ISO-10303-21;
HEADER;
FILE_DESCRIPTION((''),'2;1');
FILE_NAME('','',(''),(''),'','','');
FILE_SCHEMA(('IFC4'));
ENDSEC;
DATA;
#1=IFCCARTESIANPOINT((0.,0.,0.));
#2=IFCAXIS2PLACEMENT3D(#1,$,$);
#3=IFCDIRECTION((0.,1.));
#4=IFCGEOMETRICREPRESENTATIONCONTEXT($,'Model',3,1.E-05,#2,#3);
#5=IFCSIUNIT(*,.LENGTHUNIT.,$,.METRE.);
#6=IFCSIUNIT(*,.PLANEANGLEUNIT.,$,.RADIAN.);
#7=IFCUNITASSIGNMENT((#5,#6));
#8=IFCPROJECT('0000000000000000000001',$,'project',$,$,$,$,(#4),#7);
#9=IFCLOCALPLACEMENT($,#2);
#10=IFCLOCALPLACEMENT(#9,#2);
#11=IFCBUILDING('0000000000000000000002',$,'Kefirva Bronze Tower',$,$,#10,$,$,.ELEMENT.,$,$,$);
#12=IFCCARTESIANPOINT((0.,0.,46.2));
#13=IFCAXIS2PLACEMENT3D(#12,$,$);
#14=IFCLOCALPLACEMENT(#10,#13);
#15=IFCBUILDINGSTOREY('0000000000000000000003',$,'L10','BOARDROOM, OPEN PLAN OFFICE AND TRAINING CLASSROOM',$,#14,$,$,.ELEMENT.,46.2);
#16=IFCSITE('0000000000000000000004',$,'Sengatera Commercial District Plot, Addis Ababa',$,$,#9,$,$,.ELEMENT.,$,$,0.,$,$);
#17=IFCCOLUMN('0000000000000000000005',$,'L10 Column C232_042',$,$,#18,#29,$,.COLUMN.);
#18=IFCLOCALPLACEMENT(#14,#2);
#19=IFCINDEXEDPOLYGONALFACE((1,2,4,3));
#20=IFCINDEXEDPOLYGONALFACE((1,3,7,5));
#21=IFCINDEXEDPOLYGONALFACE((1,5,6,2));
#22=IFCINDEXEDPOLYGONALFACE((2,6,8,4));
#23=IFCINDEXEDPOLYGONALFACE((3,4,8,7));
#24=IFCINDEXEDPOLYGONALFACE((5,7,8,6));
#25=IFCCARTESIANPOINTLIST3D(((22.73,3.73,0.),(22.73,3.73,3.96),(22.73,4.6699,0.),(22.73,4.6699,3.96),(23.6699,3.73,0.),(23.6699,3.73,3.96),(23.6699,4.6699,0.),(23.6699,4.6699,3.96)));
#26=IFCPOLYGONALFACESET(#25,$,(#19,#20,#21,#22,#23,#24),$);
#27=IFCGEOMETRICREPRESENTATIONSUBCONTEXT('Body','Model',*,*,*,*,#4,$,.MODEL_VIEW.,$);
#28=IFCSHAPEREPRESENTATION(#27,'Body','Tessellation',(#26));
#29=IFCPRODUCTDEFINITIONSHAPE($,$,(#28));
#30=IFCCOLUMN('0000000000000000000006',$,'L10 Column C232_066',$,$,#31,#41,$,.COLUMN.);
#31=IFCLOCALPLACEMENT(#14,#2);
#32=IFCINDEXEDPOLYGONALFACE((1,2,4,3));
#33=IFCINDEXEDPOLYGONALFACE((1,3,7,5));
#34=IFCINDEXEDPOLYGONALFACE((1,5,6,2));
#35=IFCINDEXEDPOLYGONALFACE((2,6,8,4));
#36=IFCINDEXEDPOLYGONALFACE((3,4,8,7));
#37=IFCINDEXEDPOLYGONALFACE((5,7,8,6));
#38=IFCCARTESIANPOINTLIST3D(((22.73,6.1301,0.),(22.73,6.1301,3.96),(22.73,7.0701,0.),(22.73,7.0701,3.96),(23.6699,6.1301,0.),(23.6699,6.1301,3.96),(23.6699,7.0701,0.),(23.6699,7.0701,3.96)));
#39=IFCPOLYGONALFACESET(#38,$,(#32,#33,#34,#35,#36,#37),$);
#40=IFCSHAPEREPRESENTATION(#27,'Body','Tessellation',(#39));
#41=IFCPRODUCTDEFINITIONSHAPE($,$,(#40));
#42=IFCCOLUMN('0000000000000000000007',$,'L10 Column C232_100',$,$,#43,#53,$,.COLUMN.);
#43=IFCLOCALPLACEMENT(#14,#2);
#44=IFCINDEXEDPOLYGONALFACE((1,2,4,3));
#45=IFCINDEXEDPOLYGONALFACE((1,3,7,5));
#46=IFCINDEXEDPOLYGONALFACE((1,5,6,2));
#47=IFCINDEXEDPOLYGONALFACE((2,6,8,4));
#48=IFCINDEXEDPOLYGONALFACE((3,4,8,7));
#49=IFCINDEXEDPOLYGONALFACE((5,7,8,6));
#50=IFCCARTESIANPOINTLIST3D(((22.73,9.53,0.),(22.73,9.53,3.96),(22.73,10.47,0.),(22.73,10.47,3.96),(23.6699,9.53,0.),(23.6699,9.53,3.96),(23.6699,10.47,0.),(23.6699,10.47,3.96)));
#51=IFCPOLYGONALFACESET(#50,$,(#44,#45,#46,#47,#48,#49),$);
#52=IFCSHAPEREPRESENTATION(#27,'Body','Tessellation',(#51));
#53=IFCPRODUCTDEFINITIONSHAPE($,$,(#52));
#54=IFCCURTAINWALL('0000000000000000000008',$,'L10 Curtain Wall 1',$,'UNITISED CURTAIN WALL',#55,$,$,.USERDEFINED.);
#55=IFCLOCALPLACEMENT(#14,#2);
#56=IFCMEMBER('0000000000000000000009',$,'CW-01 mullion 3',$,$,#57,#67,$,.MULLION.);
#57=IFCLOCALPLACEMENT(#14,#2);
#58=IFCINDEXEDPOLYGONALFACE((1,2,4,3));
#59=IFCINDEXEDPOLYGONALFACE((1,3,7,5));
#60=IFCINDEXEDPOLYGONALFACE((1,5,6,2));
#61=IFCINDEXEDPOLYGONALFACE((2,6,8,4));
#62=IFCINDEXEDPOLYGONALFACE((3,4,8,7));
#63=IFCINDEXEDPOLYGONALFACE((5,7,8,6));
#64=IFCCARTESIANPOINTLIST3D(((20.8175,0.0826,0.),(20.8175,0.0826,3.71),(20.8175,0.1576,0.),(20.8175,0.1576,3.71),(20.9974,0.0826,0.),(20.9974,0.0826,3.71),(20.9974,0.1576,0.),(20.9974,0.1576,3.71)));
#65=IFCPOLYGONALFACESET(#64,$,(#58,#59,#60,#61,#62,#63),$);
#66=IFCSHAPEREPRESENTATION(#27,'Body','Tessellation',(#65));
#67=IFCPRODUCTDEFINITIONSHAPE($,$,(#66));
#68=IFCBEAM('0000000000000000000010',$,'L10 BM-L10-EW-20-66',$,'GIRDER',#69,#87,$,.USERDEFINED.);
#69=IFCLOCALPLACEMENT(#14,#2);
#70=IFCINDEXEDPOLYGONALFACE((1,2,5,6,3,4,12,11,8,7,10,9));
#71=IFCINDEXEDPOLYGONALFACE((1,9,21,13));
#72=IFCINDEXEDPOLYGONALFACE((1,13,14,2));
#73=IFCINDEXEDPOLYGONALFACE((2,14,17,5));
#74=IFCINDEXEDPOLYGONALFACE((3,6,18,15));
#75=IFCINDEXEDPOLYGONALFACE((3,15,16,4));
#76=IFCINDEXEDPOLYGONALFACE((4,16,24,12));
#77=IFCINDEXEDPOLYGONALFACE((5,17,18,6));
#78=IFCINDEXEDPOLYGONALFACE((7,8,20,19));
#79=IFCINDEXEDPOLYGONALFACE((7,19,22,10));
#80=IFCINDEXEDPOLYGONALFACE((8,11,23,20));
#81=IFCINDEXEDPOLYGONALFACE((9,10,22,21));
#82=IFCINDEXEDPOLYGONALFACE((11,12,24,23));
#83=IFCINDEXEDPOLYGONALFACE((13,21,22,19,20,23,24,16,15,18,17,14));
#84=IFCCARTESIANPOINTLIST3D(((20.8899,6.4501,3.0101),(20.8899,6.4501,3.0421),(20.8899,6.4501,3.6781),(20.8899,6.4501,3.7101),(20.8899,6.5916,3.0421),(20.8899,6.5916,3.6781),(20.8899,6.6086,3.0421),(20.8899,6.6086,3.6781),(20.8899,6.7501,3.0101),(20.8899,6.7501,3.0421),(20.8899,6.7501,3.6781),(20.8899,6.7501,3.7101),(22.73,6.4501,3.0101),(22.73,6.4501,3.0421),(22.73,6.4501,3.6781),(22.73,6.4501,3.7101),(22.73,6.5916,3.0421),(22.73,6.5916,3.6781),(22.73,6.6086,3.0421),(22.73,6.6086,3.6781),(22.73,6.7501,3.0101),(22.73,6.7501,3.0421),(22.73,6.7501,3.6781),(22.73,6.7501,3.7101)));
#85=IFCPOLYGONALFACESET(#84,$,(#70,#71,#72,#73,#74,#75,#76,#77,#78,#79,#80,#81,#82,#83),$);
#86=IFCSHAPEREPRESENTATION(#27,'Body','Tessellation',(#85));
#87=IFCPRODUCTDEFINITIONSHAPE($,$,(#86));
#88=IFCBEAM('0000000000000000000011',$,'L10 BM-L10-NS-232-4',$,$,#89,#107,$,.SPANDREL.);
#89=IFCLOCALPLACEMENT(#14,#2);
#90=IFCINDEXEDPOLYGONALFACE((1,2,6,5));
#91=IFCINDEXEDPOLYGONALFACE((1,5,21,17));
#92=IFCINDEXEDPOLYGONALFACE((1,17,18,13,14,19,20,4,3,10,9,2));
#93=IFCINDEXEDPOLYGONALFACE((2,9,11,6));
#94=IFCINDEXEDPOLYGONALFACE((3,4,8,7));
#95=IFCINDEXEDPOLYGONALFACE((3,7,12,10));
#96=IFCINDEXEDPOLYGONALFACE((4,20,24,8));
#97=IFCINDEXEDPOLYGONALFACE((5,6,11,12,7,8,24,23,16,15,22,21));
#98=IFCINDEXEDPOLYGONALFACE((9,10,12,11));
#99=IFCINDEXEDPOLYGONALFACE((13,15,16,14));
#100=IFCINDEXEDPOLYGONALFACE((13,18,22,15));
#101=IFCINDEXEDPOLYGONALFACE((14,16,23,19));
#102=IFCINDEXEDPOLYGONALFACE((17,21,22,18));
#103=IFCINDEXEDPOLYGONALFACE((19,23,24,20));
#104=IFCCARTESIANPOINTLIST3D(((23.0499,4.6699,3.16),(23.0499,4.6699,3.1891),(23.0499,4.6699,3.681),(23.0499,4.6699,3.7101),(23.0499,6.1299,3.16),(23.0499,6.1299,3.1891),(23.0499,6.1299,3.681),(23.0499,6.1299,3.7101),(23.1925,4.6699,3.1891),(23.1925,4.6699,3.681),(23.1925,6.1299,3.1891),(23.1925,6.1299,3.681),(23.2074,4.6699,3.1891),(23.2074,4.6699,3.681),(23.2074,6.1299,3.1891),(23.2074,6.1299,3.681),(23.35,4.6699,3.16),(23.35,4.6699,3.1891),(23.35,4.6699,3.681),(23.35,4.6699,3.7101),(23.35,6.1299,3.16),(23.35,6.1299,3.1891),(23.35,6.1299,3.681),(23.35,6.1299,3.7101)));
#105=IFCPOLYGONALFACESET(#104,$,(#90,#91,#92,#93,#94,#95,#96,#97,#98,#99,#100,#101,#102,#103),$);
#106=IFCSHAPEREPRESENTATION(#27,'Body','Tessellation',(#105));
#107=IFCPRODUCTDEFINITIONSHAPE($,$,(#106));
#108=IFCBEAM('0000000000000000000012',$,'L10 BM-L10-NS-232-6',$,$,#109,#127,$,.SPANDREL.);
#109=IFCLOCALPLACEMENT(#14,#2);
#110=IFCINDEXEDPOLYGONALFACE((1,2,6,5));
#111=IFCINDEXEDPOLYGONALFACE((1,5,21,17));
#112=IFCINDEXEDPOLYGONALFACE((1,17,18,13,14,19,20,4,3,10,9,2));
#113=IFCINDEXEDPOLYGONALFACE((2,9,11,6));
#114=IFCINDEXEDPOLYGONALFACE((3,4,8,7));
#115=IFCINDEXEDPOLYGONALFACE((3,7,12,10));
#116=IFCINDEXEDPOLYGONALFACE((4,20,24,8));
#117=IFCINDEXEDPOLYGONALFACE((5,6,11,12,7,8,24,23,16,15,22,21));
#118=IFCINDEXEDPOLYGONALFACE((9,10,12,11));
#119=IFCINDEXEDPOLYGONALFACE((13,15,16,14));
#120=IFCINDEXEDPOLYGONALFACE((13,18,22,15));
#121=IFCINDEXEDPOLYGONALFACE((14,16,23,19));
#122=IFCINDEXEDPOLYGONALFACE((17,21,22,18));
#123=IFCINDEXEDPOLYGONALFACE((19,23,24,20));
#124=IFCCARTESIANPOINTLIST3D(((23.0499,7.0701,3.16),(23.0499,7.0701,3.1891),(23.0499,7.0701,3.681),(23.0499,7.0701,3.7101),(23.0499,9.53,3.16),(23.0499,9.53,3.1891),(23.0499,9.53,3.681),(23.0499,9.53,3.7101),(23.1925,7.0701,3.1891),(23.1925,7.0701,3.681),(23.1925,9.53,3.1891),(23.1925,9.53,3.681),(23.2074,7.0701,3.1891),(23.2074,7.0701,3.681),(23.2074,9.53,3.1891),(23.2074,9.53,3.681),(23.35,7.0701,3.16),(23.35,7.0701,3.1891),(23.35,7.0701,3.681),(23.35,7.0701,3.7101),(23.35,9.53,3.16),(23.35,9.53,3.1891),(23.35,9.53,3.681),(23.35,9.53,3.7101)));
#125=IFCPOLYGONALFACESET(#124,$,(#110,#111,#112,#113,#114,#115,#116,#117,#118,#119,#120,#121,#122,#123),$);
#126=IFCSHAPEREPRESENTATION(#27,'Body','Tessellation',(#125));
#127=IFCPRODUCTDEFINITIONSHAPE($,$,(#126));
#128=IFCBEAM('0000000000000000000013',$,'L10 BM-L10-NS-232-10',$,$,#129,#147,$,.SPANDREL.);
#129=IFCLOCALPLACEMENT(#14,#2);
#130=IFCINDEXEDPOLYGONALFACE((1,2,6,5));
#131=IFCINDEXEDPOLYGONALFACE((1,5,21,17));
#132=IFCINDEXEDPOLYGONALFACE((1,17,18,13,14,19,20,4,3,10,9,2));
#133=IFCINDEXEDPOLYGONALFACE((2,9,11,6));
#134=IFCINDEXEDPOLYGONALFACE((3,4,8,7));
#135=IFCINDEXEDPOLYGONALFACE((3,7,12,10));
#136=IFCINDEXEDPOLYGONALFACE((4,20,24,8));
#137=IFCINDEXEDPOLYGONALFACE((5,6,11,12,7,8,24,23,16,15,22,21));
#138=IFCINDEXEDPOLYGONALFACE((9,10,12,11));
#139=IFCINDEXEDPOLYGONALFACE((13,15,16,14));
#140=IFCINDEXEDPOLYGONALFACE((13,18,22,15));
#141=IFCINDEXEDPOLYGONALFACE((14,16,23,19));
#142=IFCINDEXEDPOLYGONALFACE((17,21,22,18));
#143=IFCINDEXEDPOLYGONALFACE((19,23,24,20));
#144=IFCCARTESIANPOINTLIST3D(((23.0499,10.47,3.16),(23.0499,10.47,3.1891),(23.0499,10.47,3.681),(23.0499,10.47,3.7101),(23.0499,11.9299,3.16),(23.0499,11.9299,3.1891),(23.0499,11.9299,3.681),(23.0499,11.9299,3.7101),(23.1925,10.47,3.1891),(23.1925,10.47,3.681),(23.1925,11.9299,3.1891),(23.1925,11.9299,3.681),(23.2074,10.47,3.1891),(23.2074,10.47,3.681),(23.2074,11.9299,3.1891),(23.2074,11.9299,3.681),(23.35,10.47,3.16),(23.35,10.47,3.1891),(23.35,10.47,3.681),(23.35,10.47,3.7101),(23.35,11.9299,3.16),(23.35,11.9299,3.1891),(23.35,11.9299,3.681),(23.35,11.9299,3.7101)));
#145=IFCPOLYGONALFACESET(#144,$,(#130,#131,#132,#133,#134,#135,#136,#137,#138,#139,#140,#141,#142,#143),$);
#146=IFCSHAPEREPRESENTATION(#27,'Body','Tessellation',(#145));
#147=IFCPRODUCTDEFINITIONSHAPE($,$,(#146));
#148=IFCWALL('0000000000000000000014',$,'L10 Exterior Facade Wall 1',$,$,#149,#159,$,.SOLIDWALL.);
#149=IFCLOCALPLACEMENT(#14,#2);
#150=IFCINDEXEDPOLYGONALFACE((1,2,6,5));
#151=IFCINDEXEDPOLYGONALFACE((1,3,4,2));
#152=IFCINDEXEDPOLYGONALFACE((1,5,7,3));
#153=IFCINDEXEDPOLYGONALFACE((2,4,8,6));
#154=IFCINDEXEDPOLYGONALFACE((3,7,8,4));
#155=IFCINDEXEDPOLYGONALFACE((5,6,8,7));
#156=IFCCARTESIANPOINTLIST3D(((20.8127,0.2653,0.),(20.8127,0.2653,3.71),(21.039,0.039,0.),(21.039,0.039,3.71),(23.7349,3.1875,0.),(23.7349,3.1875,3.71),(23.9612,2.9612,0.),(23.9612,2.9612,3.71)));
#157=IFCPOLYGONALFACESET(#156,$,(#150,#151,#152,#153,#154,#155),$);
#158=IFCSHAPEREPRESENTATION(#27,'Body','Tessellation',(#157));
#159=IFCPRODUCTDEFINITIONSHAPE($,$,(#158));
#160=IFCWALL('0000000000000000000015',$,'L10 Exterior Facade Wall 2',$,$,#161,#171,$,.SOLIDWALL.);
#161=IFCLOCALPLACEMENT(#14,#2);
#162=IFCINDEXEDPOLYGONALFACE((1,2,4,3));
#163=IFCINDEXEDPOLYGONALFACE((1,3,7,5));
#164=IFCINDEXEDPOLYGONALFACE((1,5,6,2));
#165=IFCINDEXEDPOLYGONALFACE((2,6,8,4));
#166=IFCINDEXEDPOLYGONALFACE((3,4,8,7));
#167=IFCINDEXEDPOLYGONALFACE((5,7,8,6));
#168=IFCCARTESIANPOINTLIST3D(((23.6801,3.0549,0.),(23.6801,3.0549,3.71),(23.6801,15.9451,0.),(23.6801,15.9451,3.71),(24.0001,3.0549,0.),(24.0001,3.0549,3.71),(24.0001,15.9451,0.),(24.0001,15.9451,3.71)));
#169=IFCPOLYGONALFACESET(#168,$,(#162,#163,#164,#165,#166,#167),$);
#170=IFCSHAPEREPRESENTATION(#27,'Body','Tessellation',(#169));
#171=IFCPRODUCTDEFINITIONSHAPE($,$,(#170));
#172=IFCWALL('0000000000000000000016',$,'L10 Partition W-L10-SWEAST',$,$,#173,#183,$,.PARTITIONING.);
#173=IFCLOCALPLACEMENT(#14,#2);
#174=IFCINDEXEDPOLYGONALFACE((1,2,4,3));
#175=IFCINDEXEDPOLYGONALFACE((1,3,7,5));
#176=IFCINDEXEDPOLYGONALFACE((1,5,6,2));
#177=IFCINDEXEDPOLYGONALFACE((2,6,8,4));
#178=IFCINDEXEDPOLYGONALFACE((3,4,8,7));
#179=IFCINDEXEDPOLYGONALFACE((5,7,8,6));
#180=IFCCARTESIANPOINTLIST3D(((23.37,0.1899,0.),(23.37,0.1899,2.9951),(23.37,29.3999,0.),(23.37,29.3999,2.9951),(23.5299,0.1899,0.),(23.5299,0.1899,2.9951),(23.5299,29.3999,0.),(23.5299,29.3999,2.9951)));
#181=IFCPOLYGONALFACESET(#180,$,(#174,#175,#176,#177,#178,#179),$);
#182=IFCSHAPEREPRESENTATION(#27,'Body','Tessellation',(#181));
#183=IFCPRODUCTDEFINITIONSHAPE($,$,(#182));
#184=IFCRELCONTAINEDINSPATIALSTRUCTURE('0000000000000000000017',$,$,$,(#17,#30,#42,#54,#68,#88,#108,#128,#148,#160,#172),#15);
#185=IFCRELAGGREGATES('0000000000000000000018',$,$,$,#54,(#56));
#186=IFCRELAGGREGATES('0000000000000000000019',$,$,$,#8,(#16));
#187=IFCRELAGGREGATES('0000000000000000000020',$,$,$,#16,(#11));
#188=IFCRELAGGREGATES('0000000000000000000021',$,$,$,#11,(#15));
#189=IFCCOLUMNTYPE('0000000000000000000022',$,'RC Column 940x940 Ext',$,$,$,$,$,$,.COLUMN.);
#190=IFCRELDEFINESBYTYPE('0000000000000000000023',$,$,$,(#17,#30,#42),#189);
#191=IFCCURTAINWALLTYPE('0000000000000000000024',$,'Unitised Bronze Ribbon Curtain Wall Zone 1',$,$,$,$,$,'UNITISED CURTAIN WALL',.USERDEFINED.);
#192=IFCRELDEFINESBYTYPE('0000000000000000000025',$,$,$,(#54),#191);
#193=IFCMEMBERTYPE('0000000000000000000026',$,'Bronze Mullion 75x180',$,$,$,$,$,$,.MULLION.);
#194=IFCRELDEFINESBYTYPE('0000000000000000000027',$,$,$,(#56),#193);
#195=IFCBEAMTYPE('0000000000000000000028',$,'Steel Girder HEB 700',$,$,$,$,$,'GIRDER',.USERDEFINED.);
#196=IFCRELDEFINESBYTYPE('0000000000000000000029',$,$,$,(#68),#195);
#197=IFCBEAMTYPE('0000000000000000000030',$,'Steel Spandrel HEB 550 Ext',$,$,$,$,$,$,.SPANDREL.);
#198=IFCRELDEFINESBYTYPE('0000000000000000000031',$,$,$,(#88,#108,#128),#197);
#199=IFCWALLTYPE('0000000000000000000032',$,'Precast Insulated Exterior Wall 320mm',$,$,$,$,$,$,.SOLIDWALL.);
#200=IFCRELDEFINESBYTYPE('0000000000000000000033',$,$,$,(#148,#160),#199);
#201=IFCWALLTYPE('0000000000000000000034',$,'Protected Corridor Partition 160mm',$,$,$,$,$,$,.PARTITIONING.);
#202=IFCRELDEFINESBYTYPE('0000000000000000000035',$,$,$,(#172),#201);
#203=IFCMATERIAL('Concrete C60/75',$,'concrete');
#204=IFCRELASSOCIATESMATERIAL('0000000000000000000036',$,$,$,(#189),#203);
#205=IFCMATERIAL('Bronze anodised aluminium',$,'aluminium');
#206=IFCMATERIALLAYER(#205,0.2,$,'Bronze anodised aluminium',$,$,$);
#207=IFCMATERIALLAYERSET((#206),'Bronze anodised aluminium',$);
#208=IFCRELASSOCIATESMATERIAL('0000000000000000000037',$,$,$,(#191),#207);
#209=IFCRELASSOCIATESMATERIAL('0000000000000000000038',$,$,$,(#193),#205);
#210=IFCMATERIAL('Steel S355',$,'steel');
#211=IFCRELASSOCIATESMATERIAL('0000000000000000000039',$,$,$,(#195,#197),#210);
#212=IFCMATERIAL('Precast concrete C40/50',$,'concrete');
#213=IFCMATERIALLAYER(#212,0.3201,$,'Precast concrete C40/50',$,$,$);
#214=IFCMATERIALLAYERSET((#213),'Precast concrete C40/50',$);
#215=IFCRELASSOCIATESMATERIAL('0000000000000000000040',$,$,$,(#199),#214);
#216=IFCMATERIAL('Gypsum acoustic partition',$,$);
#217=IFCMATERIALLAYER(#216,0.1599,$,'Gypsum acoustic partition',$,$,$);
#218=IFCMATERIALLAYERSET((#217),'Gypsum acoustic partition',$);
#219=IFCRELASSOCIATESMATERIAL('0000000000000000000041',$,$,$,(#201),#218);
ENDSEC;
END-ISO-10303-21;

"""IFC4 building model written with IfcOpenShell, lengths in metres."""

from ifc_helpers import new_model, si_unit, direction, frame, frame_2d, origin, origin_2d, place, context, subcontext, project, spatial, rectangle, i_section, extrude, material, layer, layer_set, material_profile, profile_set, type_object, element, aggregate, save


model = new_model("IFC4")

# Units and contexts
model_context = context("Model", 3, precision=1e-05, world=origin(), true_north=direction((0.0, 1.0)))
body_context = subcontext(model_context, "Body", "Model", "MODEL_VIEW")
ifc_project = project(units=[si_unit("LENGTHUNIT", "METRE"), si_unit("PLANEANGLEUNIT", "RADIAN")], contexts=[model_context])

# Site, building, storey
site_placement = place(None, origin())
site = spatial("IfcSite", under=ifc_project, at=site_placement, Name="Sengatera Commercial District Plot, Addis Ababa", CompositionType="ELEMENT", RefElevation=0.0)
building_placement = place(site_placement, origin())
building = spatial("IfcBuilding", under=site, at=building_placement, Name="Kefirva Bronze Tower", CompositionType="ELEMENT")
storey_placement = place(building_placement, frame((0.0, 0.0, 46.2)))
storey = spatial("IfcBuildingStorey", under=building, at=storey_placement, Name="L10", Description="BOARDROOM, OPEN PLAN OFFICE AND TRAINING CLASSROOM", CompositionType="ELEMENT", Elevation=46.2)

# Columns
ifc_material_1 = material(Name="Concrete C60/75", Category="concrete")
ifc_material_profile_1 = material_profile(ifc_material_1, rectangle(XDim=0.9399, YDim=0.9399, at=origin_2d()), Name="RC 940x940")
ifc_profile_set_1 = profile_set([ifc_material_profile_1], Name="Concrete C60/75")
column_type = type_object("IfcColumnType", Name="RC Column 940x940 Ext", PredefinedType="COLUMN", material=ifc_profile_set_1)
for number, where, z_axis, x_axis, name in (
    (1, (23.2, 4.2, 0.0), (0.0, 0.0, 1.0), (1.0, 0.0, 0.0), "L10 Column C232_042"),
    (2, (23.2, 6.6001, 0.0), (0.0, 0.0, 1.0), (1.0, 0.0, 0.0), "L10 Column C232_066"),
    (3, (23.2, 10.0, 0.0), (0.0, 0.0, 1.0), (1.0, 0.0, 0.0), "L10 Column C232_100"),
):
    element("IfcColumn", number, at=place(storey_placement, frame(where, z_axis=z_axis, x_axis=x_axis)), inside=storey, type_object=column_type, Name=name, PredefinedType="COLUMN", context=body_context, shape_type="SweptSolid", body=[
        extrude(rectangle(XDim=0.9399, YDim=0.9399, at=origin_2d()), origin(), (0.0, 0.0, 1.0), 3.96),
    ])

# Curtain wall, member
ifc_material_2 = material(Name="Bronze anodised aluminium", Category="aluminium")
ifc_layer_1 = layer(ifc_material_2, 0.2, Name="Bronze anodised aluminium")
ifc_layer_set_1 = layer_set([ifc_layer_1], Name="Bronze anodised aluminium")
curtain_wall_type = type_object("IfcCurtainWallType", Name="Unitised Bronze Ribbon Curtain Wall Zone 1", ElementType="UNITISED CURTAIN WALL", PredefinedType="USERDEFINED", material=ifc_layer_set_1)
curtain_wall_placement = place(storey_placement, origin())
curtain_wall = element("IfcCurtainWall", 4, at=curtain_wall_placement, inside=storey, type_object=curtain_wall_type, Name="L10 Curtain Wall 1", ObjectType="UNITISED CURTAIN WALL", PredefinedType="USERDEFINED")
ifc_material_profile_2 = material_profile(ifc_material_2, rectangle(XDim=0.075, YDim=0.1799, at=origin_2d()), Name="ALU 75x180")
ifc_profile_set_2 = profile_set([ifc_material_profile_2], Name="Bronze anodised aluminium")
member_type = type_object("IfcMemberType", Name="Bronze Mullion 75x180", PredefinedType="MULLION", material=ifc_profile_set_2)
member_placement = place(storey_placement, frame((20.9075, 0.1201, 0.0), z_axis=(0.0, 0.0, 1.0), x_axis=(0.0, 1.0, 0.0)))
member = element("IfcMember", 5, at=member_placement, type_object=member_type, Name="CW-01 mullion 3", PredefinedType="MULLION", context=body_context, shape_type="SweptSolid", body=[
    extrude(rectangle(XDim=0.075, YDim=0.1799, at=origin_2d()), origin(), (0.0, 0.0, 1.0), 3.71),
])
aggregate(curtain_wall, [member])

# Beams
ifc_material_3 = material(Name="Steel S355", Category="steel")
ifc_material_profile_3 = material_profile(ifc_material_3, i_section(OverallWidth=0.3, OverallDepth=0.7, WebThickness=0.0171, FlangeThickness=0.032, at=origin_2d()), Name="HEB 700")
ifc_profile_set_3 = profile_set([ifc_material_profile_3], Name="Steel S355")
beam_type_1 = type_object("IfcBeamType", Name="Steel Girder HEB 700", ElementType="GIRDER", PredefinedType="USERDEFINED", material=ifc_profile_set_3)
beam_1_placement = place(storey_placement, frame((20.8899, 6.6001, 3.3601), z_axis=(1.0, 0.0, 0.0), x_axis=(0.0, 1.0, 0.0)))
element("IfcBeam", 6, at=beam_1_placement, inside=storey, type_object=beam_type_1, Name="L10 BM-L10-EW-20-66", ObjectType="GIRDER", PredefinedType="USERDEFINED", context=body_context, shape_type="SweptSolid", body=[
    extrude(i_section(OverallWidth=0.3, OverallDepth=0.7, WebThickness=0.0171, FlangeThickness=0.032, at=origin_2d()), origin(), (0.0, 0.0, 1.0), 1.8401),
])
ifc_material_profile_4 = material_profile(ifc_material_3, i_section(OverallWidth=0.3, OverallDepth=0.55, WebThickness=0.0149, FlangeThickness=0.0291, at=origin_2d()), Name="HEB 550")
ifc_profile_set_4 = profile_set([ifc_material_profile_4], Name="Steel S355")
beam_type_2 = type_object("IfcBeamType", Name="Steel Spandrel HEB 550 Ext", PredefinedType="SPANDREL", material=ifc_profile_set_4)
beam_2_placement = place(storey_placement, frame((23.2, 4.6699, 3.4351), z_axis=(0.0, 1.0, 0.0), x_axis=(-1.0, 0.0, 0.0)))
element("IfcBeam", 7, at=beam_2_placement, inside=storey, type_object=beam_type_2, Name="L10 BM-L10-NS-232-4", PredefinedType="SPANDREL", context=body_context, shape_type="SweptSolid", body=[
    extrude(i_section(OverallWidth=0.3, OverallDepth=0.55, WebThickness=0.0149, FlangeThickness=0.0291, at=origin_2d()), origin(), (0.0, 0.0, 1.0), 1.46),
])
beam_3_placement = place(storey_placement, frame((23.2, 7.0701, 3.4351), z_axis=(0.0, 1.0, 0.0), x_axis=(-1.0, 0.0, 0.0)))
element("IfcBeam", 8, at=beam_3_placement, inside=storey, type_object=beam_type_2, Name="L10 BM-L10-NS-232-6", PredefinedType="SPANDREL", context=body_context, shape_type="SweptSolid", body=[
    extrude(i_section(OverallWidth=0.3, OverallDepth=0.55, WebThickness=0.0149, FlangeThickness=0.0291, at=origin_2d()), origin(), (0.0, 0.0, 1.0), 2.46),
])
beam_4_placement = place(storey_placement, frame((23.2, 10.47, 3.4351), z_axis=(0.0, 1.0, 0.0), x_axis=(-1.0, 0.0, 0.0)))
element("IfcBeam", 9, at=beam_4_placement, inside=storey, type_object=beam_type_2, Name="L10 BM-L10-NS-232-10", PredefinedType="SPANDREL", context=body_context, shape_type="SweptSolid", body=[
    extrude(i_section(OverallWidth=0.3, OverallDepth=0.55, WebThickness=0.0149, FlangeThickness=0.0291, at=origin_2d()), origin(), (0.0, 0.0, 1.0), 1.46),
])

# Walls
ifc_material_4 = material(Name="Precast concrete C40/50", Category="concrete")
ifc_layer_2 = layer(ifc_material_4, 0.3201, Name="Precast concrete C40/50")
ifc_layer_set_2 = layer_set([ifc_layer_2], Name="Precast concrete C40/50")
wall_type_1 = type_object("IfcWallType", Name="Precast Insulated Exterior Wall 320mm", PredefinedType="SOLIDWALL", material=ifc_layer_set_2)
wall_1_placement = place(storey_placement, frame((20.9258, 0.1521, 0.0), z_axis=(0.0, 0.0, 1.0), x_axis=(0.707107, 0.707107, 0.0)))
element("IfcWall", 10, at=wall_1_placement, inside=storey, type_object=wall_type_1, Name="L10 Exterior Facade Wall 1", PredefinedType="SOLIDWALL", context=body_context, shape_type="SweptSolid", body=[
    extrude(rectangle(XDim=4.1326, YDim=0.3201, at=frame_2d((2.0664, 0.0))), origin(), (0.0, 0.0, 1.0), 3.71),
])
wall_2_placement = place(storey_placement, frame((23.8401, 3.0549, 0.0), z_axis=(0.0, 0.0, 1.0), x_axis=(0.0, 1.0, 0.0)))
element("IfcWall", 11, at=wall_2_placement, inside=storey, type_object=wall_type_1, Name="L10 Exterior Facade Wall 2", PredefinedType="SOLIDWALL", context=body_context, shape_type="SweptSolid", body=[
    extrude(rectangle(XDim=12.8901, YDim=0.3201, at=frame_2d((6.4451, 0.0))), origin(), (0.0, 0.0, 1.0), 3.71),
])
ifc_material_5 = material(Name="Gypsum acoustic partition")
ifc_layer_3 = layer(ifc_material_5, 0.1599, Name="Gypsum acoustic partition")
ifc_layer_set_3 = layer_set([ifc_layer_3], Name="Gypsum acoustic partition")
wall_type_2 = type_object("IfcWallType", Name="Protected Corridor Partition 160mm", PredefinedType="PARTITIONING", material=ifc_layer_set_3)
wall_3_placement = place(storey_placement, frame((23.45, 0.1899, 0.0), z_axis=(0.0, 0.0, 1.0), x_axis=(0.0, 1.0, 0.0)))
element("IfcWall", 12, at=wall_3_placement, inside=storey, type_object=wall_type_2, Name="L10 Partition W-L10-SWEAST", PredefinedType="PARTITIONING", context=body_context, shape_type="SweptSolid", body=[
    extrude(rectangle(XDim=29.21, YDim=0.1599, at=frame_2d((14.605, 0.0))), origin(), (0.0, 0.0, 1.0), 2.9951),
])

save(model, "model.ifc")
